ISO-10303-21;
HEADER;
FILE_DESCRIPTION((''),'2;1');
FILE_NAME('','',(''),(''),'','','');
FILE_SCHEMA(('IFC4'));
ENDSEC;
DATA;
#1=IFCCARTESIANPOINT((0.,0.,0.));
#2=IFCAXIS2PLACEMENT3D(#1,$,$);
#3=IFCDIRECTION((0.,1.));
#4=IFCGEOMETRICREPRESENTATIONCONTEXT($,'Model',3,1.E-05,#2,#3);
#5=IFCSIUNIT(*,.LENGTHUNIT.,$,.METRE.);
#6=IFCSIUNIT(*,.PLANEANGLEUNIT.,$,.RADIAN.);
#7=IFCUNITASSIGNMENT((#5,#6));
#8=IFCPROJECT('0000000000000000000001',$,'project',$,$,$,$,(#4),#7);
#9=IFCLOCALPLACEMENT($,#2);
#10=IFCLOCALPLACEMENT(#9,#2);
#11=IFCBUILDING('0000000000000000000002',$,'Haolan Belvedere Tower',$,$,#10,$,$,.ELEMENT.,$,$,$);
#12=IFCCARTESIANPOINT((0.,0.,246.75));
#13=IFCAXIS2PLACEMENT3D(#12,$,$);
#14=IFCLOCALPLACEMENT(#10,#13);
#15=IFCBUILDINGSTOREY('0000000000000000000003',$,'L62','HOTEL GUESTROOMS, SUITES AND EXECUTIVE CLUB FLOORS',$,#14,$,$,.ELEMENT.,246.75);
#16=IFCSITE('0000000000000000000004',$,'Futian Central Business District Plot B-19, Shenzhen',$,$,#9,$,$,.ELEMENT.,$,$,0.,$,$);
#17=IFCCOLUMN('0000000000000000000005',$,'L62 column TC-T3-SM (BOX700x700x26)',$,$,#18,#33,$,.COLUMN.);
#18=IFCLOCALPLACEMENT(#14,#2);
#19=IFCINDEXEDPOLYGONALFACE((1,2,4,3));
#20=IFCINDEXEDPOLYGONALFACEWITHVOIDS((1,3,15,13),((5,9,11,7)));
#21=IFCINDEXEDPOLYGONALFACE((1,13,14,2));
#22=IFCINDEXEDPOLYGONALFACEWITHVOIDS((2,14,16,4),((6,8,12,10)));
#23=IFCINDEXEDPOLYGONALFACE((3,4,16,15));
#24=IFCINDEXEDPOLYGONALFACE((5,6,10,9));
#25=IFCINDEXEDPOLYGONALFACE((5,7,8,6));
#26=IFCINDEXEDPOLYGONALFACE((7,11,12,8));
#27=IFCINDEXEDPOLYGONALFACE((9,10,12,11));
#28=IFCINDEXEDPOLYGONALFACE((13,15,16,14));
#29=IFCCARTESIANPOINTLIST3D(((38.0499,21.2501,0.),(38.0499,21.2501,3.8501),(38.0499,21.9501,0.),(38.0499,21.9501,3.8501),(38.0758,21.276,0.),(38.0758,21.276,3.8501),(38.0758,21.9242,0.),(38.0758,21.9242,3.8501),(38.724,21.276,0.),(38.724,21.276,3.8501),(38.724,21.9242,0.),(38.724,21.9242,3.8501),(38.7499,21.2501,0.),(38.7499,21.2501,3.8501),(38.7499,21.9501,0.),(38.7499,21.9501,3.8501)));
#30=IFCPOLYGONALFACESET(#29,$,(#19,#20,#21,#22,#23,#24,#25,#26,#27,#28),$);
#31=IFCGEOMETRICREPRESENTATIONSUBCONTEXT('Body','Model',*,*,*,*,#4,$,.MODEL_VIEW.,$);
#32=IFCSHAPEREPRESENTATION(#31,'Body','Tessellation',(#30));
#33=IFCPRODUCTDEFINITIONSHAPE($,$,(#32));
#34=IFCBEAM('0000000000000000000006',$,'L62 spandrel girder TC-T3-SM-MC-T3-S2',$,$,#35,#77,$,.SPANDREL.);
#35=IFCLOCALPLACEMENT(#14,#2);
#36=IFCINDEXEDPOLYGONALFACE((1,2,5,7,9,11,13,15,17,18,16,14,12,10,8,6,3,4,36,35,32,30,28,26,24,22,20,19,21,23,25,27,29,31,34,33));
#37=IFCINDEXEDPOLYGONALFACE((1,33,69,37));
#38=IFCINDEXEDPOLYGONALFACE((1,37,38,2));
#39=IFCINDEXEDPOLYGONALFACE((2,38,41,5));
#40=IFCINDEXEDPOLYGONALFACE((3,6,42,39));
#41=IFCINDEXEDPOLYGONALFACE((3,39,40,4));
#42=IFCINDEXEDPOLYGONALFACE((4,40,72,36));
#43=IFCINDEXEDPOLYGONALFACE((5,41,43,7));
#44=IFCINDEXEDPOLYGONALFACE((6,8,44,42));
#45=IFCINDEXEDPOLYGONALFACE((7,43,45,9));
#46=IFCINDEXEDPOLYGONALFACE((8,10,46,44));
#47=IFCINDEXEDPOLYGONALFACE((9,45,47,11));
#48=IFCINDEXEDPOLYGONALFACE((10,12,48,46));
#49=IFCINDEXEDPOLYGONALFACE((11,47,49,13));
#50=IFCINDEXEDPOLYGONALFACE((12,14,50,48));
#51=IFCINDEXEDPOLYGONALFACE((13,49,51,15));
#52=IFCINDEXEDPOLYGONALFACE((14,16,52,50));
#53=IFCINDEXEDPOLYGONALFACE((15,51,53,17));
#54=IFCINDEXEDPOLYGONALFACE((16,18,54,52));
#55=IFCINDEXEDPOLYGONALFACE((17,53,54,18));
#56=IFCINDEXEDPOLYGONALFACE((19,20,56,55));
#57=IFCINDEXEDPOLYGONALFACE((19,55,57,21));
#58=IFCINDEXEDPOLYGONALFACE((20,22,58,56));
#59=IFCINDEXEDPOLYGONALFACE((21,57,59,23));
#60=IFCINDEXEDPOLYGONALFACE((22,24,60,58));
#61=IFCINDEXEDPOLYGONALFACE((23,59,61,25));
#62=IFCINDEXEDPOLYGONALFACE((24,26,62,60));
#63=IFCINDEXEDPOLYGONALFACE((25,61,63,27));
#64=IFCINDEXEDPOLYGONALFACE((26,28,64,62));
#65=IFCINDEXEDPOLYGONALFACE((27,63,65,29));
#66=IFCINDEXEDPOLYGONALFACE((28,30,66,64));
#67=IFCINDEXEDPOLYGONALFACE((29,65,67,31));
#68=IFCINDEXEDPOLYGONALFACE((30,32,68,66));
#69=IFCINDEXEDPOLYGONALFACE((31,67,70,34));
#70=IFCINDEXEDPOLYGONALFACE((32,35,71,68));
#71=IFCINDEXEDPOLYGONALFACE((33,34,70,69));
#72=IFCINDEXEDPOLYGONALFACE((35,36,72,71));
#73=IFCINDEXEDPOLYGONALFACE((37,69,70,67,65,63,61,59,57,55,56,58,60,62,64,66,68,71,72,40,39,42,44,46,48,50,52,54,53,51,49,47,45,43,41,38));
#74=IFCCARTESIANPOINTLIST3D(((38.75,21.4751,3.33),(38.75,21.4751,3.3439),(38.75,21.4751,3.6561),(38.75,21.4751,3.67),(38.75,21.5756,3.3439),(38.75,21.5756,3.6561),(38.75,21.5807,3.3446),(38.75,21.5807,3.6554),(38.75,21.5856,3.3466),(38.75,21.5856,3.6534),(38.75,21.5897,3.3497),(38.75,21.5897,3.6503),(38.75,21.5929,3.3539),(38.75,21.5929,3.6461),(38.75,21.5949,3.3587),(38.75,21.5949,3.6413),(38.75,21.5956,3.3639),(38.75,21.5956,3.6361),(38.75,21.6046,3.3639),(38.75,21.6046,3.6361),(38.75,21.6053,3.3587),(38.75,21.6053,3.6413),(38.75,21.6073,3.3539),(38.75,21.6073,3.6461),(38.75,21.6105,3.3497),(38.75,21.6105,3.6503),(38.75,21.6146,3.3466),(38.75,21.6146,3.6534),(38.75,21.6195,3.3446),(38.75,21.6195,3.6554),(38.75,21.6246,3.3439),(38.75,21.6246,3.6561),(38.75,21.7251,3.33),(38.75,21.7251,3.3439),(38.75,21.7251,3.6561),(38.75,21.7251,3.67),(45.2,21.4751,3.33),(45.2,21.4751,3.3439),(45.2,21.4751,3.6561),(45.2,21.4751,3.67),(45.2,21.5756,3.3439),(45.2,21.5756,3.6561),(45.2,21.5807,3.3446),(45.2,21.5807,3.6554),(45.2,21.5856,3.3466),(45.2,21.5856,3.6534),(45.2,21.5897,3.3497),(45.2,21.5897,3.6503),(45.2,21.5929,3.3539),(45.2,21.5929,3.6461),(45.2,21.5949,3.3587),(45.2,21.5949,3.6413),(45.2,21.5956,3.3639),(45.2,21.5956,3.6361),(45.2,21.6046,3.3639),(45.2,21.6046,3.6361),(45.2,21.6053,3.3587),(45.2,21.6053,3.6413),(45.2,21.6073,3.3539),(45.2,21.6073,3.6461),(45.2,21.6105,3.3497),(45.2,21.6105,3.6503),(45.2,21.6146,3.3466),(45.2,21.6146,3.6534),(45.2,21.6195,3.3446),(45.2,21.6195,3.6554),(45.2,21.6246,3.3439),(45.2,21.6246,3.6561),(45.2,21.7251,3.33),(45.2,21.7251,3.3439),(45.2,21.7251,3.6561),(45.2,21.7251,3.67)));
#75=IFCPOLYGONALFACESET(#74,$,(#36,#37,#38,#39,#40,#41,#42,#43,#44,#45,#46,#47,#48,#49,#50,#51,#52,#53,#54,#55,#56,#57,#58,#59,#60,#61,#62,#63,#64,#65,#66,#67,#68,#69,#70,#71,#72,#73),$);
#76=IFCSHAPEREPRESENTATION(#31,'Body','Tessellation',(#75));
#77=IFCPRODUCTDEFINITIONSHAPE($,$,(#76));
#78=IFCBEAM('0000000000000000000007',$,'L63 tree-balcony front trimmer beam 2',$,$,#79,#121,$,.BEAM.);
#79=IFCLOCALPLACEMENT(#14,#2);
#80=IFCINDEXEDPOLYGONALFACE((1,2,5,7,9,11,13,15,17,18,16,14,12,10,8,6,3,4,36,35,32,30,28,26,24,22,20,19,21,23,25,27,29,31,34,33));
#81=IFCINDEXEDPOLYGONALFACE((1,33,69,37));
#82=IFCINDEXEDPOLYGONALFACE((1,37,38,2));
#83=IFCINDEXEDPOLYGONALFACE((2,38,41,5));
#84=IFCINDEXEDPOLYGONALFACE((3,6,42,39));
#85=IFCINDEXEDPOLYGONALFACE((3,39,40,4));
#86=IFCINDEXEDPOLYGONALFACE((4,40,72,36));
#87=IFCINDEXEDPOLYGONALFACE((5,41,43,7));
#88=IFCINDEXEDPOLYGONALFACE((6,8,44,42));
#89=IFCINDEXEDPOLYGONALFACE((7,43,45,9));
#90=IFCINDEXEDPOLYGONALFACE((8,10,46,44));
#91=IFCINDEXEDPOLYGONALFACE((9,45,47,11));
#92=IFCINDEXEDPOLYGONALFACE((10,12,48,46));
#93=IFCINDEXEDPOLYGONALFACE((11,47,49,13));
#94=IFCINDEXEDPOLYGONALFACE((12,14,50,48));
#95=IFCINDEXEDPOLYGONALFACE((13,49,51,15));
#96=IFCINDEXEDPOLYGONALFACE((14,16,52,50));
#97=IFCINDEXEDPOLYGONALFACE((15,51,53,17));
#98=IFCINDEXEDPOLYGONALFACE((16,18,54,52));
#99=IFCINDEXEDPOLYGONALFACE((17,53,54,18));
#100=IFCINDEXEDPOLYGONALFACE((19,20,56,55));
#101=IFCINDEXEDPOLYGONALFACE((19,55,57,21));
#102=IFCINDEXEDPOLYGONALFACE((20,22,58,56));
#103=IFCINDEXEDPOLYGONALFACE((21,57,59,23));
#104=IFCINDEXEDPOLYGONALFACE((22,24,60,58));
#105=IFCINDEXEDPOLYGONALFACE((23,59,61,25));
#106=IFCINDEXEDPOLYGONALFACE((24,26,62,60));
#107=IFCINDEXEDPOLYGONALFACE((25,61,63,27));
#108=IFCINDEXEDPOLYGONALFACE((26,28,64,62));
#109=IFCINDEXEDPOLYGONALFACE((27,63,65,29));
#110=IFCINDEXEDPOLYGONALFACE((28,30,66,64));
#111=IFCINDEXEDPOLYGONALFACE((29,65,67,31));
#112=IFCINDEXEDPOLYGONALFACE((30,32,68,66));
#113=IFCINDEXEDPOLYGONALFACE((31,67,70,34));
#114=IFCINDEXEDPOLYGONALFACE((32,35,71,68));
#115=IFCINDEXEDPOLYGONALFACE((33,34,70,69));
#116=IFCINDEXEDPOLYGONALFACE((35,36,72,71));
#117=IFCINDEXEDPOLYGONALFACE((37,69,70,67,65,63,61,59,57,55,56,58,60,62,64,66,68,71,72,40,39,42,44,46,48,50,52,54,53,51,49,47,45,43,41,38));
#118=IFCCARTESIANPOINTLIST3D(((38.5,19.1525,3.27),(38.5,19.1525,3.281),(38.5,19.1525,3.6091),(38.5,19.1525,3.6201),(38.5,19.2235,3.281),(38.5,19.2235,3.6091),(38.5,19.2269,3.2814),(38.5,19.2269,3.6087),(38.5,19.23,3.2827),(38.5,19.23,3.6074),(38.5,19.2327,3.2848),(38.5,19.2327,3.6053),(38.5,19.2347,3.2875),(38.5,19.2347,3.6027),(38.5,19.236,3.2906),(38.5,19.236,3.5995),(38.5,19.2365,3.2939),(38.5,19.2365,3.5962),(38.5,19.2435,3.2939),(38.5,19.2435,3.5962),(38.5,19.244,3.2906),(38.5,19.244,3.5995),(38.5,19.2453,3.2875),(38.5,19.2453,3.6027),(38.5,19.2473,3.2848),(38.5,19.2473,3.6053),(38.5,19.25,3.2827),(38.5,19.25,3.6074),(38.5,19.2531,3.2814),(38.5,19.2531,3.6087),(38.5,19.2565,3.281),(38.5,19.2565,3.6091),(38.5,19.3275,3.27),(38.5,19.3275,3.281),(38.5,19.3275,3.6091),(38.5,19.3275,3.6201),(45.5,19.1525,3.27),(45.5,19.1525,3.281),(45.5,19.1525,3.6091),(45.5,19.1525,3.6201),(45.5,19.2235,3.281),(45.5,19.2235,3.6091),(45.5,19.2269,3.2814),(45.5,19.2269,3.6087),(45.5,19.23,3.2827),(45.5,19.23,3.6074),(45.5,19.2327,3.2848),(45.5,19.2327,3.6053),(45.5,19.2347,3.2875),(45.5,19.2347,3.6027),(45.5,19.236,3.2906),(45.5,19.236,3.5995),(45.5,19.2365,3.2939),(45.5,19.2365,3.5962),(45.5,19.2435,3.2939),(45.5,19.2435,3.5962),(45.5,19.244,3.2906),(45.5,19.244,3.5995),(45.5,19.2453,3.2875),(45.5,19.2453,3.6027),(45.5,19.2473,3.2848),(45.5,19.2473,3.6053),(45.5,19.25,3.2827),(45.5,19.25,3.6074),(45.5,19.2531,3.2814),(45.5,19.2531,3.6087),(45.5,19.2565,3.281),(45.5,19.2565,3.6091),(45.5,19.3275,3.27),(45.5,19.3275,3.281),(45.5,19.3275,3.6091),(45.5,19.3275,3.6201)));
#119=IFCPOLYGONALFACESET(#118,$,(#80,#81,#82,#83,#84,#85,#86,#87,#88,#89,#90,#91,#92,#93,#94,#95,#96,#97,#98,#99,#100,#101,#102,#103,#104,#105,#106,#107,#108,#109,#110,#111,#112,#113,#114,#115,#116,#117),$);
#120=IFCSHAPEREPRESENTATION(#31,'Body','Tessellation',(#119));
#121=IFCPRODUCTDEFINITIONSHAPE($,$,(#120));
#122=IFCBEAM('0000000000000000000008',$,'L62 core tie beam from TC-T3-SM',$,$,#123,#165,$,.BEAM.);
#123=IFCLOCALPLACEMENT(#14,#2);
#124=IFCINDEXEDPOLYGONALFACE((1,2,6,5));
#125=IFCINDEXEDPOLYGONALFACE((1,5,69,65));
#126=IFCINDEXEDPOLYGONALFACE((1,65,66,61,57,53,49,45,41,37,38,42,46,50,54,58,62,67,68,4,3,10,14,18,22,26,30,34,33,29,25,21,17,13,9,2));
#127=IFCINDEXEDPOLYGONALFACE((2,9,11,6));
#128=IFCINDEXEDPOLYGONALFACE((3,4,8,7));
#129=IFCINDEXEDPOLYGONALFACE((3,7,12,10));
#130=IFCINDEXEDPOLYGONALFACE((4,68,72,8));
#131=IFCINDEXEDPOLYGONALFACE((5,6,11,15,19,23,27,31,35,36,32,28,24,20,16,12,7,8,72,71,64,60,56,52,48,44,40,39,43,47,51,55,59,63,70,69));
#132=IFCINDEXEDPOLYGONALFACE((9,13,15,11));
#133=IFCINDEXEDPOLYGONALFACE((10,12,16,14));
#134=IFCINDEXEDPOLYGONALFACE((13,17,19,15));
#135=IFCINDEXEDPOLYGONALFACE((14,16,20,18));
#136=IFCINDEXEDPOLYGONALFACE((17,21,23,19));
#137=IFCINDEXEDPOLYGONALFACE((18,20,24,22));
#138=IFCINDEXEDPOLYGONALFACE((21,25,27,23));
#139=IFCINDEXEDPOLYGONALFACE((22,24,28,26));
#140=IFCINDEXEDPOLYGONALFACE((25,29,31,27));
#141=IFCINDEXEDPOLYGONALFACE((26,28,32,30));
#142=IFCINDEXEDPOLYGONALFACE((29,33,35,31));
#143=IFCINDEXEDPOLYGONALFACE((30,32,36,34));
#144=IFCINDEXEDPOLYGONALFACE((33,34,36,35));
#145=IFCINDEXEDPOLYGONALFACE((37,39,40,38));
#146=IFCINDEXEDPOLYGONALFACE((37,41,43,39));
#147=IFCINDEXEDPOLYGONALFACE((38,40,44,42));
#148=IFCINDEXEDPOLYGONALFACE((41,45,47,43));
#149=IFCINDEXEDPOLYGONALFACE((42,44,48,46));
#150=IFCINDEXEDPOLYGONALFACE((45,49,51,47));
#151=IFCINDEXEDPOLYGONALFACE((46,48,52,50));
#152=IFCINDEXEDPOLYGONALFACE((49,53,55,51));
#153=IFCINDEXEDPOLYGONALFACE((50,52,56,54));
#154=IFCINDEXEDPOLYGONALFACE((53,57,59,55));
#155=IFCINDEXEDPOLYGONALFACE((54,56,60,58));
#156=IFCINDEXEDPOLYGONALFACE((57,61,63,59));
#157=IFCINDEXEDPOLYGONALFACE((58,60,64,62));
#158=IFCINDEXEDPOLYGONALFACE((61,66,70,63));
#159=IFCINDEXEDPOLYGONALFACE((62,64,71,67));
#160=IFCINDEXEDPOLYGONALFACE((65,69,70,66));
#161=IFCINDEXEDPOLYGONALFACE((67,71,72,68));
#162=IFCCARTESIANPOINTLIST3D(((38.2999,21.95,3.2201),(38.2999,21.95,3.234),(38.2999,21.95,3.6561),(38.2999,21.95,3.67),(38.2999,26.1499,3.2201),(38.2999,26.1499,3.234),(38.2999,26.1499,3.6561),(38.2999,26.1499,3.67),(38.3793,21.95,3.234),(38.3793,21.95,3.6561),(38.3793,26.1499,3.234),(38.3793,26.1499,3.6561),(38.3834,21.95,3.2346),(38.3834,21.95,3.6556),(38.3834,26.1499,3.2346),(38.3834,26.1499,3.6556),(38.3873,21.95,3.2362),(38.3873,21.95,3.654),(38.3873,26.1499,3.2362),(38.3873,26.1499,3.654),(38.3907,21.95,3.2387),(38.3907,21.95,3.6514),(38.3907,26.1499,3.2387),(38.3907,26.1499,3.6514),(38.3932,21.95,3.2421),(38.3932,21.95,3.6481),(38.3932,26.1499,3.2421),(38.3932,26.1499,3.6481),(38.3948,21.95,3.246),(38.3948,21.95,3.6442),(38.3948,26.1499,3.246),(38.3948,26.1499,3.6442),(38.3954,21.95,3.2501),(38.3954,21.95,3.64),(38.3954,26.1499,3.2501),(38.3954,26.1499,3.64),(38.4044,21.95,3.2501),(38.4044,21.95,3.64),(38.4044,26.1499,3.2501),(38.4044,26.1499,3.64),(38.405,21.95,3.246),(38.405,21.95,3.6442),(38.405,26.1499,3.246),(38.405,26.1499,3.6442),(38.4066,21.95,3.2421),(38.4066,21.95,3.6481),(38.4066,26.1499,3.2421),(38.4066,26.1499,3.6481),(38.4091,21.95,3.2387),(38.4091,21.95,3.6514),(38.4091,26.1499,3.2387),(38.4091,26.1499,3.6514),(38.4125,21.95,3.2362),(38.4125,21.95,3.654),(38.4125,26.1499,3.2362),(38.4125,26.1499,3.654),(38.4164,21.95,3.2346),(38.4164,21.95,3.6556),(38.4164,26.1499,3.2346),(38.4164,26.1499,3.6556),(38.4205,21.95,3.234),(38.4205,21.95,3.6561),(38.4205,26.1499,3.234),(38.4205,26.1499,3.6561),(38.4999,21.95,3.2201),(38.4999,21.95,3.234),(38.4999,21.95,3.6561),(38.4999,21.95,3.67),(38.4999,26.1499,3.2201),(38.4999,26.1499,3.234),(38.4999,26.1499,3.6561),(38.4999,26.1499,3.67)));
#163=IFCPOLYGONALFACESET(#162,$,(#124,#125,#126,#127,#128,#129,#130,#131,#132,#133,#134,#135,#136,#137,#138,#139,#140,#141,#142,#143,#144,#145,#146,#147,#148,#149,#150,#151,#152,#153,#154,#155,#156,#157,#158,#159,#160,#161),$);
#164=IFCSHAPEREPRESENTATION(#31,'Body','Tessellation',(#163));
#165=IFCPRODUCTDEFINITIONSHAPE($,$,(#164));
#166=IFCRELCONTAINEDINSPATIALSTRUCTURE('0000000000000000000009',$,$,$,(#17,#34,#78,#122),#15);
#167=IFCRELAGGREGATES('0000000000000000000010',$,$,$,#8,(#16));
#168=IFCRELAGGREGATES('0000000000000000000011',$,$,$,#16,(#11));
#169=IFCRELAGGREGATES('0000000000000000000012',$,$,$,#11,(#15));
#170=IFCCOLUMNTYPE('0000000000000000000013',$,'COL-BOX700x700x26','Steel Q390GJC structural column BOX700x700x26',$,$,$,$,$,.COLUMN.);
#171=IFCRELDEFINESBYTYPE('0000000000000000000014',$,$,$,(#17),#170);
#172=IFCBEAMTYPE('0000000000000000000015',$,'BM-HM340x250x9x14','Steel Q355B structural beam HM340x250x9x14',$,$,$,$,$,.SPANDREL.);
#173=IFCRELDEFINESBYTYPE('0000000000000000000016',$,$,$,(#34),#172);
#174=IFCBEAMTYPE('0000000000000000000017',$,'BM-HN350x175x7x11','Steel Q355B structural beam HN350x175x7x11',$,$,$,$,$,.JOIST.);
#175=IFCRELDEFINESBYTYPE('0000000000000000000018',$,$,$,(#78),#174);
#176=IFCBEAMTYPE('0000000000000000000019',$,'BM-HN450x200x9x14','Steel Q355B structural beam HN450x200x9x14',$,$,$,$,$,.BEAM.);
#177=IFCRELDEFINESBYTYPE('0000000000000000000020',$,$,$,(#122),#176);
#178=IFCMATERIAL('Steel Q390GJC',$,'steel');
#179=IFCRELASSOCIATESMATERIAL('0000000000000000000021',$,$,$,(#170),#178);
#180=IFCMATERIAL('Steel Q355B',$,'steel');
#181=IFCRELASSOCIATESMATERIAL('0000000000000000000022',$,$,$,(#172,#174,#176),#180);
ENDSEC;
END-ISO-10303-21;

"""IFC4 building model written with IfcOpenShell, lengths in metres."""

from ifc_helpers import new_model, si_unit, direction, frame, origin, origin_2d, place, context, subcontext, project, spatial, hollow_rectangle, i_section, extrude, material, material_profile, profile_set, type_object, element, save


model = new_model("IFC4")

# Units and contexts
model_context = context("Model", 3, precision=1e-05, world=origin(), true_north=direction((0.0, 1.0)))
body_context = subcontext(model_context, "Body", "Model", "MODEL_VIEW")
ifc_project = project(units=[si_unit("LENGTHUNIT", "METRE"), si_unit("PLANEANGLEUNIT", "RADIAN")], contexts=[model_context])

# Site, building, storey
site_placement = place(None, origin())
site = spatial("IfcSite", under=ifc_project, at=site_placement, Name="Futian Central Business District Plot B-19, Shenzhen", CompositionType="ELEMENT", RefElevation=0.0)
building_placement = place(site_placement, origin())
building = spatial("IfcBuilding", under=site, at=building_placement, Name="Haolan Belvedere Tower", CompositionType="ELEMENT")
storey_placement = place(building_placement, frame((0.0, 0.0, 246.75)))
storey = spatial("IfcBuildingStorey", under=building, at=storey_placement, Name="L62", Description="HOTEL GUESTROOMS, SUITES AND EXECUTIVE CLUB FLOORS", CompositionType="ELEMENT", Elevation=246.75)

# Column
ifc_material_1 = material(Name="Steel Q390GJC", Category="steel")
ifc_material_profile_1 = material_profile(ifc_material_1, hollow_rectangle(XDim=0.7, YDim=0.7, WallThickness=0.0259, at=origin_2d()), Name="Steel Q390GJC")
ifc_profile_set_1 = profile_set([ifc_material_profile_1], Name="Steel Q390GJC")
column_type = type_object("IfcColumnType", Name="COL-BOX700x700x26", Description="Steel Q390GJC structural column BOX700x700x26", PredefinedType="COLUMN", material=ifc_profile_set_1)
column_placement = place(storey_placement, frame((38.3999, 21.6001, 0.0), z_axis=(0.0, 0.0, 1.0), x_axis=(1.0, 0.0, 0.0)))
element("IfcColumn", 1, at=column_placement, inside=storey, type_object=column_type, Name="L62 column TC-T3-SM (BOX700x700x26)", PredefinedType="COLUMN", context=body_context, shape_type="SweptSolid", body=[
    extrude(hollow_rectangle(XDim=0.7, YDim=0.7, WallThickness=0.0259, at=origin_2d()), origin(), (0.0, 0.0, 1.0), 3.8501),
])

# Beams
ifc_material_2 = material(Name="Steel Q355B", Category="steel")
ifc_material_profile_2 = material_profile(ifc_material_2, i_section(OverallWidth=0.25, OverallDepth=0.3401, WebThickness=0.009, FlangeThickness=0.0139, FilletRadius=0.02, at=origin_2d()), Name="Steel Q355B")
ifc_profile_set_2 = profile_set([ifc_material_profile_2], Name="Steel Q355B")
beam_type_1 = type_object("IfcBeamType", Name="BM-HM340x250x9x14", Description="Steel Q355B structural beam HM340x250x9x14", PredefinedType="SPANDREL", material=ifc_profile_set_2)
beam_1_placement = place(storey_placement, frame((38.75, 21.6001, 3.5), z_axis=(1.0, 0.0, 0.0), x_axis=(0.0, 1.0, 0.0)))
element("IfcBeam", 2, at=beam_1_placement, inside=storey, type_object=beam_type_1, Name="L62 spandrel girder TC-T3-SM-MC-T3-S2", PredefinedType="SPANDREL", context=body_context, shape_type="SweptSolid", body=[
    extrude(i_section(OverallWidth=0.25, OverallDepth=0.3401, WebThickness=0.009, FlangeThickness=0.0139, FilletRadius=0.02, at=origin_2d()), origin(), (0.0, 0.0, 1.0), 6.45),
])
ifc_material_profile_3 = material_profile(ifc_material_2, i_section(OverallWidth=0.175, OverallDepth=0.3501, WebThickness=0.0071, FlangeThickness=0.011, FilletRadius=0.0129, at=origin_2d()), Name="Steel Q355B")
ifc_profile_set_3 = profile_set([ifc_material_profile_3], Name="Steel Q355B")
beam_type_2 = type_object("IfcBeamType", Name="BM-HN350x175x7x11", Description="Steel Q355B structural beam HN350x175x7x11", PredefinedType="JOIST", material=ifc_profile_set_3)
beam_2_placement = place(storey_placement, frame((38.5, 19.24, 3.4451), z_axis=(1.0, 0.0, 0.0), x_axis=(0.0, 1.0, 0.0)))
element("IfcBeam", 3, at=beam_2_placement, inside=storey, type_object=beam_type_2, Name="L63 tree-balcony front trimmer beam 2", PredefinedType="BEAM", context=body_context, shape_type="SweptSolid", body=[
    extrude(i_section(OverallWidth=0.175, OverallDepth=0.3501, WebThickness=0.0071, FlangeThickness=0.011, FilletRadius=0.0129, at=origin_2d()), origin(), (0.0, 0.0, 1.0), 7.0),
])
ifc_material_profile_4 = material_profile(ifc_material_2, i_section(OverallWidth=0.2, OverallDepth=0.45, WebThickness=0.009, FlangeThickness=0.0139, FilletRadius=0.0161, at=origin_2d()), Name="Steel Q355B")
ifc_profile_set_4 = profile_set([ifc_material_profile_4], Name="Steel Q355B")
beam_type_3 = type_object("IfcBeamType", Name="BM-HN450x200x9x14", Description="Steel Q355B structural beam HN450x200x9x14", PredefinedType="BEAM", material=ifc_profile_set_4)
beam_3_placement = place(storey_placement, frame((38.3999, 21.95, 3.4451), z_axis=(0.0, 1.0, 0.0), x_axis=(-1.0, 0.0, 0.0)))
element("IfcBeam", 4, at=beam_3_placement, inside=storey, type_object=beam_type_3, Name="L62 core tie beam from TC-T3-SM", PredefinedType="BEAM", context=body_context, shape_type="SweptSolid", body=[
    extrude(i_section(OverallWidth=0.2, OverallDepth=0.45, WebThickness=0.009, FlangeThickness=0.0139, FilletRadius=0.0161, at=origin_2d()), origin(), (0.0, 0.0, 1.0), 4.2),
])

save(model, "model.ifc")
